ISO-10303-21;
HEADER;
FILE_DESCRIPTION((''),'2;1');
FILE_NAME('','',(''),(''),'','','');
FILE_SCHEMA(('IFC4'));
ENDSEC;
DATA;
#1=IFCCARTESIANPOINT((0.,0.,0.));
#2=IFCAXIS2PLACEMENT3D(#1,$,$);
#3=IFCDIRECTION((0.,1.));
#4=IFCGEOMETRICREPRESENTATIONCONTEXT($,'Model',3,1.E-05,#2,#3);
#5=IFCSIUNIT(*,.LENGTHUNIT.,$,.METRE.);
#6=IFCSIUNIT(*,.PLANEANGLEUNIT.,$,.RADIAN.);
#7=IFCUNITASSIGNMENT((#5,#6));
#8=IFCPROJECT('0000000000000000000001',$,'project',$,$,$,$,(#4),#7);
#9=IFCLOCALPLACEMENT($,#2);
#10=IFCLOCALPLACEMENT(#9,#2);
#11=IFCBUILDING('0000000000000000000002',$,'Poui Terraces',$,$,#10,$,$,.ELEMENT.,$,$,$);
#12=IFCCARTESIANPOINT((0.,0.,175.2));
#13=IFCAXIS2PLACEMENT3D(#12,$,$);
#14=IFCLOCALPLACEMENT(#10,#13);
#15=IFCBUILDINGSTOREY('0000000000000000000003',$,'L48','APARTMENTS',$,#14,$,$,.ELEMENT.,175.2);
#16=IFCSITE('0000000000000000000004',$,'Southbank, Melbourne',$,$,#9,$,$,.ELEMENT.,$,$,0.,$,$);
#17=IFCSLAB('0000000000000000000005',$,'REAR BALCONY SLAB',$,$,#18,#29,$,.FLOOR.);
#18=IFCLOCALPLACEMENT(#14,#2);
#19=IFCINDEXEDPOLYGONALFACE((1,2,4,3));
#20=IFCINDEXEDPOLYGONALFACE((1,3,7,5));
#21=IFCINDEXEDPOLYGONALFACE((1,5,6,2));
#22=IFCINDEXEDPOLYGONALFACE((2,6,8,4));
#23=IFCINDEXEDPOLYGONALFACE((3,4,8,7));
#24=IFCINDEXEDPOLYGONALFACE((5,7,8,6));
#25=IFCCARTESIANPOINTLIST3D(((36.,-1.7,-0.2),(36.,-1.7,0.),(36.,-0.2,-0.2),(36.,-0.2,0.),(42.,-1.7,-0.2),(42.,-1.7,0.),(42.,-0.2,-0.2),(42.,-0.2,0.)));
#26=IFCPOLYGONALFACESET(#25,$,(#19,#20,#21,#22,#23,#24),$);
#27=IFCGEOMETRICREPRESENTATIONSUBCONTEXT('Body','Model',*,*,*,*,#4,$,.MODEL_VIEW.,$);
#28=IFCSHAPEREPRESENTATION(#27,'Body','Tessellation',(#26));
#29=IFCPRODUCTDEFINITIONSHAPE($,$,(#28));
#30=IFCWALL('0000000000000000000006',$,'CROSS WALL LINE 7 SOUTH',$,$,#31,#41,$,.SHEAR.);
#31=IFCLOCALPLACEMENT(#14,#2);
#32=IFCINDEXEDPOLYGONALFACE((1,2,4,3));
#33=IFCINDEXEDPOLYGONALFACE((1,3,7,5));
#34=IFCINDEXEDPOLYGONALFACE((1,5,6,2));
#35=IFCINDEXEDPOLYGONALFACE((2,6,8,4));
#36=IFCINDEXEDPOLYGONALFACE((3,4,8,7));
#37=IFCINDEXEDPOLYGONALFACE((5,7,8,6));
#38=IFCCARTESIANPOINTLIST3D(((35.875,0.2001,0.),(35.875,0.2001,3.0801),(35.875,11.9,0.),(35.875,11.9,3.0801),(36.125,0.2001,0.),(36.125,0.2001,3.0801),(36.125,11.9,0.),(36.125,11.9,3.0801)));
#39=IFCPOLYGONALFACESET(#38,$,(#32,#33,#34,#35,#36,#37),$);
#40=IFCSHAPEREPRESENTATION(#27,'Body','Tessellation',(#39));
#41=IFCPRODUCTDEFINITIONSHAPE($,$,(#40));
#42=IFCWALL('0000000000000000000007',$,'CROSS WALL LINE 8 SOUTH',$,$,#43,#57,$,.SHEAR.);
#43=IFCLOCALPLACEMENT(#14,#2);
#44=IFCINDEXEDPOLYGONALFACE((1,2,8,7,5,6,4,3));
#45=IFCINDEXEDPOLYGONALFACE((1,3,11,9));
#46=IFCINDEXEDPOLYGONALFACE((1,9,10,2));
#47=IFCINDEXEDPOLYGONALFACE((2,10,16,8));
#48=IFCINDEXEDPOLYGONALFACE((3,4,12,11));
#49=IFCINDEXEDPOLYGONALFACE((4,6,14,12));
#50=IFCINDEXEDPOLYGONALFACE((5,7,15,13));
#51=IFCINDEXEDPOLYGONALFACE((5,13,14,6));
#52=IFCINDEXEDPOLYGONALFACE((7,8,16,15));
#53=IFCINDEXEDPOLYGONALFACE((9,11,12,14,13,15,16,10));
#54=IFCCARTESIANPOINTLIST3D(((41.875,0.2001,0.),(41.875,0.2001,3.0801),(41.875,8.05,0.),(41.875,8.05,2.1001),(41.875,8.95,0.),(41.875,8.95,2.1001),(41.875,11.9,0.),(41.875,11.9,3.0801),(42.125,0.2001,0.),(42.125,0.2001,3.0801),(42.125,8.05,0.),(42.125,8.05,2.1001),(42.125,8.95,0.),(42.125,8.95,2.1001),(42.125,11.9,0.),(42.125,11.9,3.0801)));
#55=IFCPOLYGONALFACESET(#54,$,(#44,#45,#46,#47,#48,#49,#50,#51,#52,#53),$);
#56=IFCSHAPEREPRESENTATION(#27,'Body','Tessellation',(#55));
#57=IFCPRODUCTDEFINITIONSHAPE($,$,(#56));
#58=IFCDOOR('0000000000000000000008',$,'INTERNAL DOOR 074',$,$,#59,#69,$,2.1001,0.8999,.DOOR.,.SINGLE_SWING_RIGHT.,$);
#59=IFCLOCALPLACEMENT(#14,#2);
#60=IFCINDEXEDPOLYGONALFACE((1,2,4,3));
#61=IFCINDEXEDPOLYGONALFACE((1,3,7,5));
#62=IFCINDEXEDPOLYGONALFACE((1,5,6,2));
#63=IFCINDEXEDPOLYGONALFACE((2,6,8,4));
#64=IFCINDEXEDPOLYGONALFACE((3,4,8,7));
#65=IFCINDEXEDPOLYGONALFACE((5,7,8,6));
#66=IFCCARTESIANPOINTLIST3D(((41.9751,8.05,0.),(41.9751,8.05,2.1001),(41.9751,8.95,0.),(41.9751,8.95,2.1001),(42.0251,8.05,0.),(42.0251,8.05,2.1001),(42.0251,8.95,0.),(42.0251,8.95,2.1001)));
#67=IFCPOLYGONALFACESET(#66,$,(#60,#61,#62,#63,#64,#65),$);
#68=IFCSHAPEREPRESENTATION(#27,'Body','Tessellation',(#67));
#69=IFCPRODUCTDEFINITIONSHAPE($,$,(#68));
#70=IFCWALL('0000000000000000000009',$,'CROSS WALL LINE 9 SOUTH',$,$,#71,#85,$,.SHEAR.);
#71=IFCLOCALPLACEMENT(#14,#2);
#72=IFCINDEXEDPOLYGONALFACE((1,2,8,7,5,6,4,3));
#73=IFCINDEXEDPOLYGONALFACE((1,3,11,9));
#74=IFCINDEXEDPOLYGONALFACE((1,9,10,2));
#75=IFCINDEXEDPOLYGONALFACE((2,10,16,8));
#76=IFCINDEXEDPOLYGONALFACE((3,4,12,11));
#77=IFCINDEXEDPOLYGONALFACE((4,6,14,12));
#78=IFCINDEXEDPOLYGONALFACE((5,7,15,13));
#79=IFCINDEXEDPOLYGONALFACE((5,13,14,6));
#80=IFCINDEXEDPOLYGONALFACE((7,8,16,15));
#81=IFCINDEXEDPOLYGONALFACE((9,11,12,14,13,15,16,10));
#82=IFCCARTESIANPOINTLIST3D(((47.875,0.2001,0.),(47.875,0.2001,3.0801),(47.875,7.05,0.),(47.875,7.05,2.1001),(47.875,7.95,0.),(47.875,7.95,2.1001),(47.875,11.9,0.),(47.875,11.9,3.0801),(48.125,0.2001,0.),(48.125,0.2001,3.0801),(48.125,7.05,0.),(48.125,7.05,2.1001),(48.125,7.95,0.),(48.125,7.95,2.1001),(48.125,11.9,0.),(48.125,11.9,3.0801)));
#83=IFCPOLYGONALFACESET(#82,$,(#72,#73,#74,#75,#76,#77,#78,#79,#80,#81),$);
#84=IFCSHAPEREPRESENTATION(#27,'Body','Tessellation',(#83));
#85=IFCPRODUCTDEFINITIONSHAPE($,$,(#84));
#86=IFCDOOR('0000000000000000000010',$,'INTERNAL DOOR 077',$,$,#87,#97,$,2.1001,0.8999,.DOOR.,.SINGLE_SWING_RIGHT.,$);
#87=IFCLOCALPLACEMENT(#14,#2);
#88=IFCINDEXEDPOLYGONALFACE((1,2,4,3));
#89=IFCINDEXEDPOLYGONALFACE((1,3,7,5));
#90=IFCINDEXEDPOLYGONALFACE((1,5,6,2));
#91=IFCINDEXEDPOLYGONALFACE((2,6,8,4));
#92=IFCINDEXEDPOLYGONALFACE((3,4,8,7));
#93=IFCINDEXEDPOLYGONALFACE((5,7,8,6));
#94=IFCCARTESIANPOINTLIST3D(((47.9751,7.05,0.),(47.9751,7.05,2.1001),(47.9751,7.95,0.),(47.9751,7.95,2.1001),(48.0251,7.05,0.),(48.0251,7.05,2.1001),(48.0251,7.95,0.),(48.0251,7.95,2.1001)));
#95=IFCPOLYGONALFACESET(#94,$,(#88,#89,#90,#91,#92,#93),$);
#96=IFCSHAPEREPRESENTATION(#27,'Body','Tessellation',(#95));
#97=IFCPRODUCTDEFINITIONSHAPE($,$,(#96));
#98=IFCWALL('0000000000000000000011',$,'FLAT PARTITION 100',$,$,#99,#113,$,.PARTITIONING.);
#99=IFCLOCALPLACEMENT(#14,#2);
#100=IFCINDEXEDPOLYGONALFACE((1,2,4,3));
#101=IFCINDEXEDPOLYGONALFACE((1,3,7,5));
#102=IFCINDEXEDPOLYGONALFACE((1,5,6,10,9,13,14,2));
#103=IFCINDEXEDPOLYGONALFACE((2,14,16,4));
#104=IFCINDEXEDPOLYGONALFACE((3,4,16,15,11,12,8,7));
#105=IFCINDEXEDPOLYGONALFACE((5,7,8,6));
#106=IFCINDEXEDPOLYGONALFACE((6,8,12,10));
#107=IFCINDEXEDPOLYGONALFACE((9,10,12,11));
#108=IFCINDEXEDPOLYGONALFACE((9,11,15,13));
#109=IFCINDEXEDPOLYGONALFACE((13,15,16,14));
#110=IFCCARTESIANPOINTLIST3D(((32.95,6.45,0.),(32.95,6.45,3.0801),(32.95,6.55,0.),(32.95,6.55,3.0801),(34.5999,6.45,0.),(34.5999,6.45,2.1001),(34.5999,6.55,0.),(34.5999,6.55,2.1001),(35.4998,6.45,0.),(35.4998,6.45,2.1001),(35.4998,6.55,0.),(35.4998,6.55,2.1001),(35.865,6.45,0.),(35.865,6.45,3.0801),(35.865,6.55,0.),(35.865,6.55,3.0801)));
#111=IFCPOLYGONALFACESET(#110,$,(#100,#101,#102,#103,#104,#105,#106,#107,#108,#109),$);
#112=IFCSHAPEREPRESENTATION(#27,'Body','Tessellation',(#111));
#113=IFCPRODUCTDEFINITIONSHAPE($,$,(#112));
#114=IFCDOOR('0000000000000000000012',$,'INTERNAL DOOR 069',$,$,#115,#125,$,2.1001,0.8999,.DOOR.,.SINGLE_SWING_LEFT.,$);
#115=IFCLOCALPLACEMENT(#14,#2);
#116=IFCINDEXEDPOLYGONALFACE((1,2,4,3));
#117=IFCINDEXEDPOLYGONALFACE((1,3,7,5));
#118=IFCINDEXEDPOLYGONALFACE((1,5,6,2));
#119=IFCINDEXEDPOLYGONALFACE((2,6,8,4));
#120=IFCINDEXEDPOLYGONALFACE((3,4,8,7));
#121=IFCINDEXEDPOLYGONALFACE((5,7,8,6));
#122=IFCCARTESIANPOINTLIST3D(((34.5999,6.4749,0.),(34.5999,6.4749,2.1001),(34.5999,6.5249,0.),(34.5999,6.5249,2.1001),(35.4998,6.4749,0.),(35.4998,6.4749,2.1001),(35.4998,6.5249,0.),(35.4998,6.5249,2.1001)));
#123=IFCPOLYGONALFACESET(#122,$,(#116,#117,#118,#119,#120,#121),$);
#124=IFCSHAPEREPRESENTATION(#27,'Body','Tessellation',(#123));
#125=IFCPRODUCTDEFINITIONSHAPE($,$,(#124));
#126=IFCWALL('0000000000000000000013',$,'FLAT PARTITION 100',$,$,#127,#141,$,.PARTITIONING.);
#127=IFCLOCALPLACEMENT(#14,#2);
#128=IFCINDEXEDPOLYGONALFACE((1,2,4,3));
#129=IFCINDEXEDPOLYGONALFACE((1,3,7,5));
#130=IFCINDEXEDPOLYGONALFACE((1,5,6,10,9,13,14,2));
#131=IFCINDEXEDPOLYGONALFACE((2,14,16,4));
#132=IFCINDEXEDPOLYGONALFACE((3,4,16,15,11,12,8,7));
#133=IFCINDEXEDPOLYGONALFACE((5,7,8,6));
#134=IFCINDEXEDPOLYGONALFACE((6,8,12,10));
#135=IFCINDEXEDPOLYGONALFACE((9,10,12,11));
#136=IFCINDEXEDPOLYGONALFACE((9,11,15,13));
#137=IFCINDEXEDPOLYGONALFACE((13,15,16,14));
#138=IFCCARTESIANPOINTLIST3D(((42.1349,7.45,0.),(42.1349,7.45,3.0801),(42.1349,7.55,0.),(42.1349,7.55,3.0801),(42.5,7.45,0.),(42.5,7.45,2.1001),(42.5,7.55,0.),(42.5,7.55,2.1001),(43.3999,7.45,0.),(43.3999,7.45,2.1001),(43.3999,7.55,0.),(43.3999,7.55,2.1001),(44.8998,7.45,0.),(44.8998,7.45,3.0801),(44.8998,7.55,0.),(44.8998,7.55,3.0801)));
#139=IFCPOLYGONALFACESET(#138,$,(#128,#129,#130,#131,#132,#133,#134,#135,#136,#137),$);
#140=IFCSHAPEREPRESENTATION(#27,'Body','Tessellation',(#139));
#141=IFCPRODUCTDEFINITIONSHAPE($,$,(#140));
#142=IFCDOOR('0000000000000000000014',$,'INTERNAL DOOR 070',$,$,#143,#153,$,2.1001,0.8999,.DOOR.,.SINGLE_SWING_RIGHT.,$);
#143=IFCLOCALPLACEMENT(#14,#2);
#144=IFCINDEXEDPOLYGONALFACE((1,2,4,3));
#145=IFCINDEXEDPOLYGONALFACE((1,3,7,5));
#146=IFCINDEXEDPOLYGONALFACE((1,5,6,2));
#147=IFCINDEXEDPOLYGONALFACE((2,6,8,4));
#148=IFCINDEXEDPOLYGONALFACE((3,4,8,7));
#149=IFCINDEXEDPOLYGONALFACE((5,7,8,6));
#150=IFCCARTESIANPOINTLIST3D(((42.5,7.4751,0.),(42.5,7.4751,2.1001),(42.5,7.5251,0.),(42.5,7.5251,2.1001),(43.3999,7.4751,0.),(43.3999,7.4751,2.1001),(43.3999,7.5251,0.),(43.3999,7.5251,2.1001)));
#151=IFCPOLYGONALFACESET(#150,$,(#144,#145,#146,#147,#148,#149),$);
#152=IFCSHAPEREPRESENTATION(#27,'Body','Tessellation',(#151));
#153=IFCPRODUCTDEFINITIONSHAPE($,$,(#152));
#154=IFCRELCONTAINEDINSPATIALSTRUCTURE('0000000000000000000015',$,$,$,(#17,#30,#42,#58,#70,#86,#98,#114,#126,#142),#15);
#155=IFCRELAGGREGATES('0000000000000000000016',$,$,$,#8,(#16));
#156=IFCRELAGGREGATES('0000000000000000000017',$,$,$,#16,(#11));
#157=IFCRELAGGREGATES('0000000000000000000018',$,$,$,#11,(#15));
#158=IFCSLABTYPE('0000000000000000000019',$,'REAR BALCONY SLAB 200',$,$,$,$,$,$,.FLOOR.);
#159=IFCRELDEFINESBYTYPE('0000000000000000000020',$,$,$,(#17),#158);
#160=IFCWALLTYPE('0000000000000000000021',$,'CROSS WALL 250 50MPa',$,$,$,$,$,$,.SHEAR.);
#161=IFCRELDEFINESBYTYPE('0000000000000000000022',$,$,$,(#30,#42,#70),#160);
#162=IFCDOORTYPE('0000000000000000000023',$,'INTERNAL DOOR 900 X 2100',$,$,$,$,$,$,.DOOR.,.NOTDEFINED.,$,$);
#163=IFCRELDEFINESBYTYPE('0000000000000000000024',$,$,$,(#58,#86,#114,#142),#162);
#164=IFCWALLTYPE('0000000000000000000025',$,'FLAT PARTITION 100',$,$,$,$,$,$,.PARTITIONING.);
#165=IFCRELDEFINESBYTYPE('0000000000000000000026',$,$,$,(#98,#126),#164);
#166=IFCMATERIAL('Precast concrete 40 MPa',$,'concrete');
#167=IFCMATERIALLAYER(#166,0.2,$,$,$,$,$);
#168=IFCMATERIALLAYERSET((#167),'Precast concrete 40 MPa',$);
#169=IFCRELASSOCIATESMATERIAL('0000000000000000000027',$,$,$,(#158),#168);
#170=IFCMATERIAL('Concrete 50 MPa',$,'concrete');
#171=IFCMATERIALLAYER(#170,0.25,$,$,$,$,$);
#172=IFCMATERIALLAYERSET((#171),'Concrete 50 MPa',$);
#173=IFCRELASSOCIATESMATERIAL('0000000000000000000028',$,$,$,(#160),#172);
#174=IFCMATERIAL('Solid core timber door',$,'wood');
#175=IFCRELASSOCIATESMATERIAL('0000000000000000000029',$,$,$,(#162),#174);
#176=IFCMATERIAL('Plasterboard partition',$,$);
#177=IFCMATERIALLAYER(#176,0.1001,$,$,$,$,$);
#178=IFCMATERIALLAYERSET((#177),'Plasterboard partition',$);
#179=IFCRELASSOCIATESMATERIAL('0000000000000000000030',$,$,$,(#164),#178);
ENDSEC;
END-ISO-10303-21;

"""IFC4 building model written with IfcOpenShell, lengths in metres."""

from ifc_helpers import new_model, si_unit, direction, frame, frame_2d, origin, place, context, subcontext, project, spatial, polyline, rectangle, outline, extrude, source, transform, mapped, material, layer, layer_set, type_object, element, fill, save


model = new_model("IFC4")

# Units and contexts
model_context = context("Model", 3, precision=1e-05, world=origin(), true_north=direction((0.0, 1.0)))
body_context = subcontext(model_context, "Body", "Model", "MODEL_VIEW")
ifc_project = project(units=[si_unit("LENGTHUNIT", "METRE"), si_unit("PLANEANGLEUNIT", "RADIAN")], contexts=[model_context])

# Site, building, storey
site_placement = place(None, origin())
site = spatial("IfcSite", under=ifc_project, at=site_placement, Name="Southbank, Melbourne", CompositionType="ELEMENT", RefElevation=0.0)
building_placement = place(site_placement, origin())
building = spatial("IfcBuilding", under=site, at=building_placement, Name="Poui Terraces", CompositionType="ELEMENT")
storey_placement = place(building_placement, frame((0.0, 0.0, 175.2)))
storey = spatial("IfcBuildingStorey", under=building, at=storey_placement, Name="L48", Description="APARTMENTS", CompositionType="ELEMENT", Elevation=175.2)

# Slab
ifc_material_1 = material(Name="Precast concrete 40 MPa", Category="concrete")
ifc_layer_1 = layer(ifc_material_1, 0.2)
ifc_layer_set_1 = layer_set([ifc_layer_1], Name="Precast concrete 40 MPa")
slab_type = type_object("IfcSlabType", Name="REAR BALCONY SLAB 200", PredefinedType="FLOOR", material=ifc_layer_set_1)
shared_shape_1 = source(origin(), body_context, "Body", "SweptSolid", [
    extrude(outline(polyline([(0.0, 0.0), (6.0, 0.0), (6.0, 1.5), (0.0, 1.5), (0.0, 0.0)])), origin(), (0.0, 0.0, 1.0), 0.2),
])
slab_placement = place(storey_placement, frame((36.0, -1.7, -0.2)))
element("IfcSlab", 1, at=slab_placement, inside=storey, type_object=slab_type, Name="REAR BALCONY SLAB", PredefinedType="FLOOR", context=body_context, shape_type="MappedRepresentation", body=[
    mapped(shared_shape_1, transform((0.0, 0.0, 0.0))),
])

# Wall
ifc_material_2 = material(Name="Concrete 50 MPa", Category="concrete")
ifc_layer_2 = layer(ifc_material_2, 0.25)
ifc_layer_set_2 = layer_set([ifc_layer_2], Name="Concrete 50 MPa")
wall_type_1 = type_object("IfcWallType", Name="CROSS WALL 250 50MPa", PredefinedType="SHEAR", material=ifc_layer_set_2)
wall_1_placement = place(storey_placement, frame((36.0, 0.2, 0.0), z_axis=(0.0, 0.0, 1.0), x_axis=(0.0, 1.0, 0.0)))
element("IfcWall", 2, at=wall_1_placement, inside=storey, type_object=wall_type_1, Name="CROSS WALL LINE 7 SOUTH", PredefinedType="SHEAR", context=body_context, shape_type="SweptSolid", body=[
    extrude(rectangle(XDim=11.7, YDim=0.25, at=frame_2d((5.8501, 0.0))), origin(), (0.0, 0.0, 1.0), 3.0801),
])

# Walls, openings, doors
wall_2_placement = place(storey_placement, frame((42.0, 0.2, 0.0), z_axis=(0.0, 0.0, 1.0), x_axis=(0.0, 1.0, 0.0)))
wall_2 = element("IfcWall", 3, at=wall_2_placement, inside=storey, type_object=wall_type_1, Name="CROSS WALL LINE 8 SOUTH", PredefinedType="SHEAR", context=body_context, shape_type="SweptSolid", body=[
    extrude(rectangle(XDim=11.7, YDim=0.25, at=frame_2d((5.8501, 0.0))), origin(), (0.0, 0.0, 1.0), 3.0801),
])
opening_1_placement = place(wall_2_placement, frame((7.8501, 0.0, 0.0)))
opening_1 = element("IfcOpeningElement", 4, at=opening_1_placement, cuts=wall_2, PredefinedType="OPENING", context=body_context, shape_type="SweptSolid", body=[
    extrude(rectangle(XDim=0.8999, YDim=2.1001, at=frame_2d((0.45, 1.05))), frame((0.0, 0.135, 0.0), z_axis=(0.0, -1.0, 0.0), x_axis=(1.0, 0.0, 0.0)), (0.0, 0.0, 1.0), 0.27),
])
ifc_material_3 = material(Name="Solid core timber door", Category="wood")
door_type_1 = type_object("IfcDoorType", Name="INTERNAL DOOR 900 X 2100", OperationType="NOTDEFINED", PredefinedType="DOOR", material=ifc_material_3)
door_1_placement = place(opening_1_placement, origin())
door_1 = element("IfcDoor", 5, at=door_1_placement, inside=storey, type_object=door_type_1, Name="INTERNAL DOOR 074", OperationType="SINGLE_SWING_RIGHT", OverallHeight=2.1001, OverallWidth=0.8999, PredefinedType="DOOR", context=body_context, shape_type="SweptSolid", body=[
    extrude(rectangle(XDim=0.8999, YDim=2.1001, at=frame_2d((0.45, 1.05))), frame((0.0, 0.0249, 0.0), z_axis=(0.0, -1.0, 0.0), x_axis=(1.0, 0.0, 0.0)), (0.0, 0.0, 1.0), 0.05),
])
fill(opening_1, door_1)
wall_3_placement = place(storey_placement, frame((48.0, 0.2, 0.0), z_axis=(0.0, 0.0, 1.0), x_axis=(0.0, 1.0, 0.0)))
wall_3 = element("IfcWall", 6, at=wall_3_placement, inside=storey, type_object=wall_type_1, Name="CROSS WALL LINE 9 SOUTH", PredefinedType="SHEAR", context=body_context, shape_type="SweptSolid", body=[
    extrude(rectangle(XDim=11.7, YDim=0.25, at=frame_2d((5.8501, 0.0))), origin(), (0.0, 0.0, 1.0), 3.0801),
])
opening_2_placement = place(wall_3_placement, frame((6.8501, 0.0, 0.0)))
opening_2 = element("IfcOpeningElement", 7, at=opening_2_placement, cuts=wall_3, PredefinedType="OPENING", context=body_context, shape_type="SweptSolid", body=[
    extrude(rectangle(XDim=0.8999, YDim=2.1001, at=frame_2d((0.45, 1.05))), frame((0.0, 0.135, 0.0), z_axis=(0.0, -1.0, 0.0), x_axis=(1.0, 0.0, 0.0)), (0.0, 0.0, 1.0), 0.27),
])
door_2_placement = place(opening_2_placement, origin())
door_2 = element("IfcDoor", 8, at=door_2_placement, inside=storey, type_object=door_type_1, Name="INTERNAL DOOR 077", OperationType="SINGLE_SWING_RIGHT", OverallHeight=2.1001, OverallWidth=0.8999, PredefinedType="DOOR", context=body_context, shape_type="SweptSolid", body=[
    extrude(rectangle(XDim=0.8999, YDim=2.1001, at=frame_2d((0.45, 1.05))), frame((0.0, 0.0249, 0.0), z_axis=(0.0, -1.0, 0.0), x_axis=(1.0, 0.0, 0.0)), (0.0, 0.0, 1.0), 0.05),
])
fill(opening_2, door_2)
ifc_material_4 = material(Name="Plasterboard partition")
ifc_layer_3 = layer(ifc_material_4, 0.1001)
ifc_layer_set_3 = layer_set([ifc_layer_3], Name="Plasterboard partition")
wall_type_2 = type_object("IfcWallType", Name="FLAT PARTITION 100", PredefinedType="PARTITIONING", material=ifc_layer_set_3)
wall_4_placement = place(storey_placement, frame((32.95, 6.5, 0.0), z_axis=(0.0, 0.0, 1.0), x_axis=(1.0, 0.0, 0.0)))
wall_4 = element("IfcWall", 9, at=wall_4_placement, inside=storey, type_object=wall_type_2, Name="FLAT PARTITION 100", PredefinedType="PARTITIONING", context=body_context, shape_type="SweptSolid", body=[
    extrude(rectangle(XDim=2.915, YDim=0.1001, at=frame_2d((1.4575, 0.0))), origin(), (0.0, 0.0, 1.0), 3.0801),
])
opening_3_placement = place(wall_4_placement, frame((1.6499, 0.0, 0.0)))
opening_3 = element("IfcOpeningElement", 10, at=opening_3_placement, cuts=wall_4, PredefinedType="OPENING", context=body_context, shape_type="SweptSolid", body=[
    extrude(rectangle(XDim=0.8999, YDim=2.1001, at=frame_2d((0.45, 1.05))), frame((0.0, 0.0601, 0.0), z_axis=(0.0, -1.0, 0.0), x_axis=(1.0, 0.0, 0.0)), (0.0, 0.0, 1.0), 0.1201),
])
door_3_placement = place(opening_3_placement, origin())
door_3 = element("IfcDoor", 11, at=door_3_placement, inside=storey, type_object=door_type_1, Name="INTERNAL DOOR 069", OperationType="SINGLE_SWING_LEFT", OverallHeight=2.1001, OverallWidth=0.8999, PredefinedType="DOOR", context=body_context, shape_type="SweptSolid", body=[
    extrude(rectangle(XDim=0.8999, YDim=2.1001, at=frame_2d((0.45, 1.05))), frame((0.0, 0.0249, 0.0), z_axis=(0.0, -1.0, 0.0), x_axis=(1.0, 0.0, 0.0)), (0.0, 0.0, 1.0), 0.05),
])
fill(opening_3, door_3)
wall_5_placement = place(storey_placement, frame((42.135, 7.5, 0.0), z_axis=(0.0, 0.0, 1.0), x_axis=(1.0, 0.0, 0.0)))
wall_5 = element("IfcWall", 12, at=wall_5_placement, inside=storey, type_object=wall_type_2, Name="FLAT PARTITION 100", PredefinedType="PARTITIONING", context=body_context, shape_type="SweptSolid", body=[
    extrude(rectangle(XDim=2.7649, YDim=0.1001, at=frame_2d((1.3823, 0.0))), origin(), (0.0, 0.0, 1.0), 3.0801),
])
opening_4_placement = place(wall_5_placement, frame((0.365, 0.0, 0.0)))
opening_4 = element("IfcOpeningElement", 13, at=opening_4_placement, cuts=wall_5, PredefinedType="OPENING", context=body_context, shape_type="SweptSolid", body=[
    extrude(rectangle(XDim=0.8999, YDim=2.1001, at=frame_2d((0.45, 1.05))), frame((0.0, 0.0601, 0.0), z_axis=(0.0, -1.0, 0.0), x_axis=(1.0, 0.0, 0.0)), (0.0, 0.0, 1.0), 0.1201),
])
door_4_placement = place(opening_4_placement, frame((0.8999, 0.0, 0.0), z_axis=(0.0, 0.0, 1.0), x_axis=(-1.0, 0.0, 0.0)))
door_4 = element("IfcDoor", 14, at=door_4_placement, inside=storey, type_object=door_type_1, Name="INTERNAL DOOR 070", OperationType="SINGLE_SWING_RIGHT", OverallHeight=2.1001, OverallWidth=0.8999, PredefinedType="DOOR", context=body_context, shape_type="SweptSolid", body=[
    extrude(rectangle(XDim=0.8999, YDim=2.1001, at=frame_2d((0.45, 1.05))), frame((0.0, 0.0249, 0.0), z_axis=(0.0, -1.0, 0.0), x_axis=(1.0, 0.0, 0.0)), (0.0, 0.0, 1.0), 0.05),
])
fill(opening_4, door_4)

save(model, "model.ifc")
